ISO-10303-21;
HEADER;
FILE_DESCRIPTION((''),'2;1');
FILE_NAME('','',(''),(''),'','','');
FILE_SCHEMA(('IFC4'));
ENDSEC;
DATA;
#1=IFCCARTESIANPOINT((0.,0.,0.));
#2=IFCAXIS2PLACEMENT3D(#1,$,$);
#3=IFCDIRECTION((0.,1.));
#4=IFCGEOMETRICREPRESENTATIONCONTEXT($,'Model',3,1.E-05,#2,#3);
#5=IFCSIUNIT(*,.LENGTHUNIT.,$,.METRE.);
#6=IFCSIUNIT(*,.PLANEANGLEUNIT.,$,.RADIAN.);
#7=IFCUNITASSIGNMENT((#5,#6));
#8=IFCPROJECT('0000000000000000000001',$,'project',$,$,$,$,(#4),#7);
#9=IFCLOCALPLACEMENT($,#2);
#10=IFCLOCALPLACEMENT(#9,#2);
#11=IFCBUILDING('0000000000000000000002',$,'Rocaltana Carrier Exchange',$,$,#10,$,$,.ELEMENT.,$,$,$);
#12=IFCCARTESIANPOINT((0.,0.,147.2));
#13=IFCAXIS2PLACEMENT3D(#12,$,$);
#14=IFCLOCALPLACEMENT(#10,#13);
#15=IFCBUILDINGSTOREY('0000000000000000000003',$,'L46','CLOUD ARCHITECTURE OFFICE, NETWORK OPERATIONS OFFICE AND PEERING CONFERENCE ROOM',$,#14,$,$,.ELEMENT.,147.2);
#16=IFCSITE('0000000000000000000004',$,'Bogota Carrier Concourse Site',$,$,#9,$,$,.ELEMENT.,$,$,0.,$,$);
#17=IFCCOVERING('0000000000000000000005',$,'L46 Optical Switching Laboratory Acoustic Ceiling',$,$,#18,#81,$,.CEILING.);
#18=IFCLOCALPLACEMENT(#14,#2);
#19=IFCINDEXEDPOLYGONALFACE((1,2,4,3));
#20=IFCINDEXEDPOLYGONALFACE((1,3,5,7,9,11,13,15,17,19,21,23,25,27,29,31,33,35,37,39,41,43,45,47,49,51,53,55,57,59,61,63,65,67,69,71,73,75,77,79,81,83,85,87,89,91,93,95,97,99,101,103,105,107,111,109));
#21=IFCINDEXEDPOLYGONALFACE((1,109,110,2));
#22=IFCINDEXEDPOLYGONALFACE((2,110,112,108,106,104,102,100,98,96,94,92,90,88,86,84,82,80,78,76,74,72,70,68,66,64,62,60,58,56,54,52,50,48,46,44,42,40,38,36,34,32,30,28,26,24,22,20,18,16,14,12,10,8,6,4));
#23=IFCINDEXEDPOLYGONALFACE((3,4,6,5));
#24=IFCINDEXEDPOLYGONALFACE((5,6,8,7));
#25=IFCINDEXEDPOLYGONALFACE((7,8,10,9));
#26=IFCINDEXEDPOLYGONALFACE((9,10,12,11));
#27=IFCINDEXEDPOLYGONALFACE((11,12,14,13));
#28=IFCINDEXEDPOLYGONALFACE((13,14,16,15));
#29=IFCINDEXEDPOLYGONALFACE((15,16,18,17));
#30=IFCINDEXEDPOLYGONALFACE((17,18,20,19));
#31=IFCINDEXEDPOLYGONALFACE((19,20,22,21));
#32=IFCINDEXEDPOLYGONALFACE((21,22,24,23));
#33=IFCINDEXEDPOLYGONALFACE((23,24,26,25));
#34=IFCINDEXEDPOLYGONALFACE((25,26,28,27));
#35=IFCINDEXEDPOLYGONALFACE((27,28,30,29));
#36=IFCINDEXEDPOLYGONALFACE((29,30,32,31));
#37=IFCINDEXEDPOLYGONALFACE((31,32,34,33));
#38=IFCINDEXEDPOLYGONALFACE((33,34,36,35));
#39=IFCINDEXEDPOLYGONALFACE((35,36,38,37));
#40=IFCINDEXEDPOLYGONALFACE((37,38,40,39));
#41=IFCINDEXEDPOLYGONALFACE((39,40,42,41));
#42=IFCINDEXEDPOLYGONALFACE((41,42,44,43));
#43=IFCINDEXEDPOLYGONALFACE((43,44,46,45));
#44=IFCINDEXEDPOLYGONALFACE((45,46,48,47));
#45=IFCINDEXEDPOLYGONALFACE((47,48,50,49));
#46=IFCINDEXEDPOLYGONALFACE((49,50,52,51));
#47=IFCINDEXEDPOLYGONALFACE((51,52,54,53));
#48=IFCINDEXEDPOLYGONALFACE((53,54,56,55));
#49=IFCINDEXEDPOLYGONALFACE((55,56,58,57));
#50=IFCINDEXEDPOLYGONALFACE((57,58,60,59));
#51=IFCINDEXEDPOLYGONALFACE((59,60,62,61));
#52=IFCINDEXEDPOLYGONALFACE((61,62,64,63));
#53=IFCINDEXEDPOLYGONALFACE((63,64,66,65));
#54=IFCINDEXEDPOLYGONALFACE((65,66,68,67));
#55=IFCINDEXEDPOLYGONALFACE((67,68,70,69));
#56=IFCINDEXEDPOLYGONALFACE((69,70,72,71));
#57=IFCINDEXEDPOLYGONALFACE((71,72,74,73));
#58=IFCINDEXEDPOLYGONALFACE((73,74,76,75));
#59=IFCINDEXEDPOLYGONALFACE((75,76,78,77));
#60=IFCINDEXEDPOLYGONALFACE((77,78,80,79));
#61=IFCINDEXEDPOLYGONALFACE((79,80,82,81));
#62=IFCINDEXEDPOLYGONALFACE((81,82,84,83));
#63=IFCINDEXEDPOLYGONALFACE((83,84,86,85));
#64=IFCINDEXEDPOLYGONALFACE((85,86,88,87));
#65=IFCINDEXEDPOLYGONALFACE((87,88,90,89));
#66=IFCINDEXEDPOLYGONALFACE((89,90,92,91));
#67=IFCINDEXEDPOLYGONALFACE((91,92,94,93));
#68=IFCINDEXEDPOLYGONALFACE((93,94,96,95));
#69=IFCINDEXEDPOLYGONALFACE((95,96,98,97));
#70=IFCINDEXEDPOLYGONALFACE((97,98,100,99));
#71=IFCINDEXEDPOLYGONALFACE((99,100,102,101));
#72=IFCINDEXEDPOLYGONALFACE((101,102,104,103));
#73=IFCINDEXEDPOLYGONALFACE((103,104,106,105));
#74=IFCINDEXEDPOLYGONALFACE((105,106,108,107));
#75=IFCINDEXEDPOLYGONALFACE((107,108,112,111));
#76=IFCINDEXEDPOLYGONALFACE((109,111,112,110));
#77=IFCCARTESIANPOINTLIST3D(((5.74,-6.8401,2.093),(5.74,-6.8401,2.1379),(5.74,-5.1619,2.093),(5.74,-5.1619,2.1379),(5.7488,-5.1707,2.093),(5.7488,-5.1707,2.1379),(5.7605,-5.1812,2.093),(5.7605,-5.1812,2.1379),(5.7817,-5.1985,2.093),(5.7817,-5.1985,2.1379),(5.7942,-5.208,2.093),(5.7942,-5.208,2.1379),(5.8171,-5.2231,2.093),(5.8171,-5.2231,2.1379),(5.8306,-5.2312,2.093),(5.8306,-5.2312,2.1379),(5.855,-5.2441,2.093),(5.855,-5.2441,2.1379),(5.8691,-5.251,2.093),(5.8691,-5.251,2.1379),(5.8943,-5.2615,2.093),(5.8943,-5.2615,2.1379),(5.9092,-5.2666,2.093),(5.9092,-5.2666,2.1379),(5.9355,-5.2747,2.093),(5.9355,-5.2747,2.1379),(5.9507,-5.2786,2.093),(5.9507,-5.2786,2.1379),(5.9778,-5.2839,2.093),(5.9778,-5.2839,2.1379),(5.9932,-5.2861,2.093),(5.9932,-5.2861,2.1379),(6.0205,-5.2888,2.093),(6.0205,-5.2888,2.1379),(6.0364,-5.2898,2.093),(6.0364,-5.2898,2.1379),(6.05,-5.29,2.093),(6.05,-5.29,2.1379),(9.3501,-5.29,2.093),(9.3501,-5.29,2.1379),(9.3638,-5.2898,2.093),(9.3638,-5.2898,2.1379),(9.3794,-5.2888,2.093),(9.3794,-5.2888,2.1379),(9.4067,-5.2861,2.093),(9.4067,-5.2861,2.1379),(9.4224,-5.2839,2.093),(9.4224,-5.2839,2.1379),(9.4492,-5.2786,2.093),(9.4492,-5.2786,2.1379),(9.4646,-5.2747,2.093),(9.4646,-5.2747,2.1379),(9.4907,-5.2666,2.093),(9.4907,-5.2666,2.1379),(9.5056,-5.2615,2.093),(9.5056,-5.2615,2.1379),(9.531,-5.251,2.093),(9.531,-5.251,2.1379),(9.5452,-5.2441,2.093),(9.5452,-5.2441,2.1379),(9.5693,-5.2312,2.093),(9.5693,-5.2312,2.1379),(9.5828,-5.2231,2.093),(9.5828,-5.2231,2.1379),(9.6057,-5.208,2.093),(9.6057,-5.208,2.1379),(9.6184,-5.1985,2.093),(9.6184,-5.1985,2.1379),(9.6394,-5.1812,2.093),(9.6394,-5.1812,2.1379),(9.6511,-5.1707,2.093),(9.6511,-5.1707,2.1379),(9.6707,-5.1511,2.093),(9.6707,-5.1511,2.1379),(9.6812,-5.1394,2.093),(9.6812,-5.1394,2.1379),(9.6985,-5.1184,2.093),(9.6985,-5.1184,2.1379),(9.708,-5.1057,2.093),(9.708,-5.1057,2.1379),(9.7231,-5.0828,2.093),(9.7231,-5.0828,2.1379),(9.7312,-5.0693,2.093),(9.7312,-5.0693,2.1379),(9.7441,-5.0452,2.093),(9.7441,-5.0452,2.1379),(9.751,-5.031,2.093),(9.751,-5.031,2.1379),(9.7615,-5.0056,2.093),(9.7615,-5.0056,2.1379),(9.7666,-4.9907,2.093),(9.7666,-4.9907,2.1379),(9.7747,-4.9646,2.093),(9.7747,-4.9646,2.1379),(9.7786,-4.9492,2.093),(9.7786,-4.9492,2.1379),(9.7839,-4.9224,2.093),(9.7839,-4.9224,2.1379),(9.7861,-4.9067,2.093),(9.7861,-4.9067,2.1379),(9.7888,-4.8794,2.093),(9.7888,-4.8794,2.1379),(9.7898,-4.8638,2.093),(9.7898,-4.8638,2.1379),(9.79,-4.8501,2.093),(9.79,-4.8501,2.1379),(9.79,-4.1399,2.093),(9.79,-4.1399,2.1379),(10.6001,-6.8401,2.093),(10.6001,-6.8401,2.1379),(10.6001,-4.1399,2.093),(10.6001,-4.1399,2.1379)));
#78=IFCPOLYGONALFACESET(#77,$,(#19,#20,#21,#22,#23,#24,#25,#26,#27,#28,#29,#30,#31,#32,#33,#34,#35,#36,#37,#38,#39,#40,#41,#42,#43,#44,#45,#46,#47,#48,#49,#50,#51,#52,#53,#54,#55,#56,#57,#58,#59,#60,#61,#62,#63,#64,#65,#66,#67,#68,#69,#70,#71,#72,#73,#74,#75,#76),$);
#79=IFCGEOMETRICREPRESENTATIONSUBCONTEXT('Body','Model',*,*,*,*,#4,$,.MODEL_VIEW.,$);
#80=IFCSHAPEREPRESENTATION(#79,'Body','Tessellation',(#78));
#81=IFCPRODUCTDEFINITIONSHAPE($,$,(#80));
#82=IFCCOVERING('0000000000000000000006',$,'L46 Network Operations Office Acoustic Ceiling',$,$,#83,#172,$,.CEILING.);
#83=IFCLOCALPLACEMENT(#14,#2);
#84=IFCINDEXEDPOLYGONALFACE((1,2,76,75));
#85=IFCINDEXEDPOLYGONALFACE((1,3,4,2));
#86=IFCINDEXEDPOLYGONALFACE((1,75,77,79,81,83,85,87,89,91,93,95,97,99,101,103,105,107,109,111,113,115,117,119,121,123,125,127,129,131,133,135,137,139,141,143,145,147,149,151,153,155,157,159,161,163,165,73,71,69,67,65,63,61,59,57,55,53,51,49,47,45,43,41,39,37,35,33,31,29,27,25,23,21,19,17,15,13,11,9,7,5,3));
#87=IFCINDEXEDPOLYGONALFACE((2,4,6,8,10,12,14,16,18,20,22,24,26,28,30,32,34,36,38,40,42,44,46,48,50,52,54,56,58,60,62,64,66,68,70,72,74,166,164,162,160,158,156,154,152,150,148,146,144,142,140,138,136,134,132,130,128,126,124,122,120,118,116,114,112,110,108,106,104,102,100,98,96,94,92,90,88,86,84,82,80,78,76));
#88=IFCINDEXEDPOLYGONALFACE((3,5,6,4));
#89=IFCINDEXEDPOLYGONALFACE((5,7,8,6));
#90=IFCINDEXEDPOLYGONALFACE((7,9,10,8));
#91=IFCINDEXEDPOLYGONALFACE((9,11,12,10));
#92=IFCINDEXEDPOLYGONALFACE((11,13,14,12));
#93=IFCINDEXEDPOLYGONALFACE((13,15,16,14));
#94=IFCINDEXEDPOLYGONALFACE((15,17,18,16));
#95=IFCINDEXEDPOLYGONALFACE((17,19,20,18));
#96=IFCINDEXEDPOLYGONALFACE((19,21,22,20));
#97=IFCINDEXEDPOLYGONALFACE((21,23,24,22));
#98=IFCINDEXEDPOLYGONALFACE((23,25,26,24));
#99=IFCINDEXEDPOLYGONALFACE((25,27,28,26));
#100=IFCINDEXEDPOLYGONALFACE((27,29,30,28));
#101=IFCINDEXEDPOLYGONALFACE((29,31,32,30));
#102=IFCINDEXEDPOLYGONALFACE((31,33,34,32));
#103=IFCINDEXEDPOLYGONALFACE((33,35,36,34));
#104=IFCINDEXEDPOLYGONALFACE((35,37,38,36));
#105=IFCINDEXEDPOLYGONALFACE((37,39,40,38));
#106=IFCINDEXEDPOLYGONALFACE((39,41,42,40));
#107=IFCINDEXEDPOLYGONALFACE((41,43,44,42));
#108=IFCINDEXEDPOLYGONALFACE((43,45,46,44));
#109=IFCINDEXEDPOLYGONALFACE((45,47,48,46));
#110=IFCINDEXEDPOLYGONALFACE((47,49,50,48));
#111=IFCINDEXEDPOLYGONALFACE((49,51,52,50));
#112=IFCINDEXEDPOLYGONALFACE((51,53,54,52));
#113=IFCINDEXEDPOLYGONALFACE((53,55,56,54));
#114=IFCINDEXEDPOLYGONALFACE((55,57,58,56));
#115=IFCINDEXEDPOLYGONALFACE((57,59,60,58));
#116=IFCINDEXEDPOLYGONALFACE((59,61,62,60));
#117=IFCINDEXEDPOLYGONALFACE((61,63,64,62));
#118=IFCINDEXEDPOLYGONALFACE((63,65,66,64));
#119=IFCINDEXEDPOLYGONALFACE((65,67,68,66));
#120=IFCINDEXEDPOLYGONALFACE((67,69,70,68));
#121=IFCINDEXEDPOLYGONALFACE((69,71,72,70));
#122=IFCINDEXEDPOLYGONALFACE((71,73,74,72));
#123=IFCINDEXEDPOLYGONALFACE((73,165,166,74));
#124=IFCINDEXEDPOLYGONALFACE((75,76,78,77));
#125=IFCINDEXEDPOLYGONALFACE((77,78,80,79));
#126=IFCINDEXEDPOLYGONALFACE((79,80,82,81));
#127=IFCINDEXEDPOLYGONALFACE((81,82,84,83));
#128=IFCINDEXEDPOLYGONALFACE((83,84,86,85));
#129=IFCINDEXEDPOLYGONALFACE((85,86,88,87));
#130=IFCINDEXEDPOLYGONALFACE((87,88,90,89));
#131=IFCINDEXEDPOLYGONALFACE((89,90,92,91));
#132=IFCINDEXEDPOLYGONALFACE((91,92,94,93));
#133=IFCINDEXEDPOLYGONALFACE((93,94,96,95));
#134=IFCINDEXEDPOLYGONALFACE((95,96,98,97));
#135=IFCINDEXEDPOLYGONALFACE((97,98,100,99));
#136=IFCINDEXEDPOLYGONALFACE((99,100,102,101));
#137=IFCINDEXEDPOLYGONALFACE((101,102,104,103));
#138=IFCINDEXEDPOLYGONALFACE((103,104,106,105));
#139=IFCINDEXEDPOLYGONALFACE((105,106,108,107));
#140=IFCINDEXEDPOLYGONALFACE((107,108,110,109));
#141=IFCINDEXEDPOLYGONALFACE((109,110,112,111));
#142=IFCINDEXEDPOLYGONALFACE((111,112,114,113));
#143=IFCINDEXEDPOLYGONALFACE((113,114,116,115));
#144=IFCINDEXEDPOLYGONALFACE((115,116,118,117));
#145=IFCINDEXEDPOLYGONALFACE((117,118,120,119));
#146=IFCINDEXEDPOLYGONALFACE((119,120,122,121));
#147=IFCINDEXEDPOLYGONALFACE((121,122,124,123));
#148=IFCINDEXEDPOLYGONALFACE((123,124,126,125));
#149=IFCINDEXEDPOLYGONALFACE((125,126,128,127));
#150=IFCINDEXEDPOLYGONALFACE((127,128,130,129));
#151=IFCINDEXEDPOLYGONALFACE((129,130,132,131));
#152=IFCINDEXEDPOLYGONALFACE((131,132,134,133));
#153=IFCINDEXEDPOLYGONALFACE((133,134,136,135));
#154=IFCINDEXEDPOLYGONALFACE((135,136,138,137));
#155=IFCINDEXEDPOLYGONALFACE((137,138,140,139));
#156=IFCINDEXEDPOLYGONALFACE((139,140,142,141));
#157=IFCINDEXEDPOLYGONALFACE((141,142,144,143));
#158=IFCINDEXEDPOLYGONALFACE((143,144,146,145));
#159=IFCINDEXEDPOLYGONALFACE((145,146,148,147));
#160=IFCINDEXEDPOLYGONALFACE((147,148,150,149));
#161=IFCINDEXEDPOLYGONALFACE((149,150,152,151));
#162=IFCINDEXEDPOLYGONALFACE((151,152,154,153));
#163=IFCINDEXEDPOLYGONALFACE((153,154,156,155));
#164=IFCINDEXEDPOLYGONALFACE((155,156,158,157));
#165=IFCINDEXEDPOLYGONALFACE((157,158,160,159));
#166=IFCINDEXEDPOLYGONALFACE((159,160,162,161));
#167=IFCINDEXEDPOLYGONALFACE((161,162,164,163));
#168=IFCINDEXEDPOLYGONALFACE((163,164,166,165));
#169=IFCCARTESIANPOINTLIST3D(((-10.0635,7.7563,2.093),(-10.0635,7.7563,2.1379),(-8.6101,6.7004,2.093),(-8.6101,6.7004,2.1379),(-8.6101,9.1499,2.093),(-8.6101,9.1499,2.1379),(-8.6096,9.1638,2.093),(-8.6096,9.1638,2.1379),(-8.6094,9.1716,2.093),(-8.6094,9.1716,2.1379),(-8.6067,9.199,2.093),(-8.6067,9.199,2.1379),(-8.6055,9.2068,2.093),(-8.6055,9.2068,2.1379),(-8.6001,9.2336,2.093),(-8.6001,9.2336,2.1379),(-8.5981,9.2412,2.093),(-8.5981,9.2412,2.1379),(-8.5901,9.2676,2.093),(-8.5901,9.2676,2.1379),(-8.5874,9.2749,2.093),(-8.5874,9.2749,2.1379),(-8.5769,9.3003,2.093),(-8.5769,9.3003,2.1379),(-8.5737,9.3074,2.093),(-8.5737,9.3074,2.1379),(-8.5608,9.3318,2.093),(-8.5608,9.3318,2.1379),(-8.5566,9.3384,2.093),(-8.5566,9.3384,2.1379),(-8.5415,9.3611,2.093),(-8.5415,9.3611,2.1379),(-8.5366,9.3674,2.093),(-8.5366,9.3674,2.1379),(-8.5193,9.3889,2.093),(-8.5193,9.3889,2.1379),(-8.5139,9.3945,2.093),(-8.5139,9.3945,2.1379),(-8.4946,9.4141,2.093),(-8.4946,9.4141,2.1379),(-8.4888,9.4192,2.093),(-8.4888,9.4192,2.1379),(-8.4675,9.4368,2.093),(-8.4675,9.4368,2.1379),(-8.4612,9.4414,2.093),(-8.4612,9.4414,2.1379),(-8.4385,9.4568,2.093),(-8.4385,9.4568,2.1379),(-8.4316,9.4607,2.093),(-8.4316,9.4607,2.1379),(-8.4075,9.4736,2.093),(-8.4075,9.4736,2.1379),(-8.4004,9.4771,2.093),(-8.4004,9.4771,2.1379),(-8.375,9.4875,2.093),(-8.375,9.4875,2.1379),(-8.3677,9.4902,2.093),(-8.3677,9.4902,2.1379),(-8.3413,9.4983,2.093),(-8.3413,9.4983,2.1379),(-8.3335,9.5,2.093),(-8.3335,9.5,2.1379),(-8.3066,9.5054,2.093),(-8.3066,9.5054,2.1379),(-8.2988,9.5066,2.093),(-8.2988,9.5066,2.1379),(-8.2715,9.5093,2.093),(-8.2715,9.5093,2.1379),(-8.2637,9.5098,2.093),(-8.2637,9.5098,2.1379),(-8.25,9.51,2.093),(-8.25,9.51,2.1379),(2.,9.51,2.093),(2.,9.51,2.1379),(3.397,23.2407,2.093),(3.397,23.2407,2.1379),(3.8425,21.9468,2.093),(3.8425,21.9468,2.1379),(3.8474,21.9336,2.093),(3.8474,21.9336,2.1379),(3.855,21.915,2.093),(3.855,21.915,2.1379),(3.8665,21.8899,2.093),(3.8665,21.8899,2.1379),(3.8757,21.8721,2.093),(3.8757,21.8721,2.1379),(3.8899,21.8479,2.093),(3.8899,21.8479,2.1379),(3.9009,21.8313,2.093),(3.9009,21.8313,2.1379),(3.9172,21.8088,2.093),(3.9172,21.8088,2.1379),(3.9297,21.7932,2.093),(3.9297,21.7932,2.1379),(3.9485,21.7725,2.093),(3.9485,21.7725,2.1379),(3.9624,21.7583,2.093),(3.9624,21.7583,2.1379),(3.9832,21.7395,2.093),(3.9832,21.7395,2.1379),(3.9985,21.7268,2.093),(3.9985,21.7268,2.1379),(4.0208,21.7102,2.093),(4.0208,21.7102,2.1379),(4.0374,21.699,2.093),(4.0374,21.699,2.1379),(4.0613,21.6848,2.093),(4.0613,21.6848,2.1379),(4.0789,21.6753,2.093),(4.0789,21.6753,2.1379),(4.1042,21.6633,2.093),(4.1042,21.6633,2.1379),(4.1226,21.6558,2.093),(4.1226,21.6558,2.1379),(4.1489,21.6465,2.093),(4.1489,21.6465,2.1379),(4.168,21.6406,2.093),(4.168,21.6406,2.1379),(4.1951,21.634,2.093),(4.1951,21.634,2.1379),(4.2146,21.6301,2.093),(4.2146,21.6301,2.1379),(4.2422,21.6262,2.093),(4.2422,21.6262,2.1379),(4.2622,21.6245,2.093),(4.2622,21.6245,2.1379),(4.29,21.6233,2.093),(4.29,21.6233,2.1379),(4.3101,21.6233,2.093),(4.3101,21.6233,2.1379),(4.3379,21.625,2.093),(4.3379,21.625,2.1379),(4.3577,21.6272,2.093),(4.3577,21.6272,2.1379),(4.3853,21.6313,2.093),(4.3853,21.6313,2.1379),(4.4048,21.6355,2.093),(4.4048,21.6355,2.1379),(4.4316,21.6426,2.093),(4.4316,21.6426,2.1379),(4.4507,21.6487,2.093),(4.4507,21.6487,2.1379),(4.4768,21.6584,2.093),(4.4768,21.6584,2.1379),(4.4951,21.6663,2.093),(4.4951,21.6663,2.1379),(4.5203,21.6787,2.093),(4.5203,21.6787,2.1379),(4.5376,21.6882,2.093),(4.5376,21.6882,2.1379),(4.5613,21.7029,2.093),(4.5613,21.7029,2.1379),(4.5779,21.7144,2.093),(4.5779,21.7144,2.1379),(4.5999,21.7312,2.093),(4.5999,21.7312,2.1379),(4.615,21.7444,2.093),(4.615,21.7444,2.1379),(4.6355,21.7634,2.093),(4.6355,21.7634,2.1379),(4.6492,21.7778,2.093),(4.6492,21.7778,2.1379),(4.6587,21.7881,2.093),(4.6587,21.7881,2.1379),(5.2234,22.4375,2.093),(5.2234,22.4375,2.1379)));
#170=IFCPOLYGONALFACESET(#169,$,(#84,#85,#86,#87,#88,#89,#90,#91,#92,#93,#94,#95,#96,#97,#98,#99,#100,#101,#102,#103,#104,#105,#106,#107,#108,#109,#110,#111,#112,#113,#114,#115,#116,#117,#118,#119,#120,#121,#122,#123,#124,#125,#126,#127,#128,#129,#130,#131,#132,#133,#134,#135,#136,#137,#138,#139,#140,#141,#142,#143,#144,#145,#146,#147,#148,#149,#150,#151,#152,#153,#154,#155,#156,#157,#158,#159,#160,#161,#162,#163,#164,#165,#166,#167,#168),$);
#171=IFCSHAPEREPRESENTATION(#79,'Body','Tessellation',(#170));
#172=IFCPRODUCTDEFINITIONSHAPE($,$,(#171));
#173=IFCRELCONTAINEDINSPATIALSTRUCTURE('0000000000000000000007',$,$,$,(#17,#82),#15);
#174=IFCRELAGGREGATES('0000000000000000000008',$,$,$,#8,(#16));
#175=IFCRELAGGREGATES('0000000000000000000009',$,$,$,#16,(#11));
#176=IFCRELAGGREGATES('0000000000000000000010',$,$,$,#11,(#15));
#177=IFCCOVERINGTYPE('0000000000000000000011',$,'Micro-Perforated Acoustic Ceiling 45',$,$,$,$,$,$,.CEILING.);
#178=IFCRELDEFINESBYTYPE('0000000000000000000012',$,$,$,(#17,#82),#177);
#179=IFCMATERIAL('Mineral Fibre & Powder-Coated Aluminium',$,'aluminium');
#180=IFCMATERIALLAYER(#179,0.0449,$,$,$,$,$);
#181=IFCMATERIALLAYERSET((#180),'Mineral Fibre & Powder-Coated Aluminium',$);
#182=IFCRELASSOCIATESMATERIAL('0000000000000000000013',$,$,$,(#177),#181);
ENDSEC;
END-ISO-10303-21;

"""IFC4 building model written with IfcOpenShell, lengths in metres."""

from ifc_helpers import new_model, si_unit, direction, frame, origin, place, context, subcontext, project, spatial, polyline, outline, extrude, material, layer, layer_set, type_object, element, save


model = new_model("IFC4")

# Units and contexts
model_context = context("Model", 3, precision=1e-05, world=origin(), true_north=direction((0.0, 1.0)))
body_context = subcontext(model_context, "Body", "Model", "MODEL_VIEW")
ifc_project = project(units=[si_unit("LENGTHUNIT", "METRE"), si_unit("PLANEANGLEUNIT", "RADIAN")], contexts=[model_context])

# Site, building, storey
site_placement = place(None, origin())
site = spatial("IfcSite", under=ifc_project, at=site_placement, Name="Bogota Carrier Concourse Site", CompositionType="ELEMENT", RefElevation=0.0)
building_placement = place(site_placement, origin())
building = spatial("IfcBuilding", under=site, at=building_placement, Name="Rocaltana Carrier Exchange", CompositionType="ELEMENT")
storey_placement = place(building_placement, frame((0.0, 0.0, 147.2)))
storey = spatial("IfcBuildingStorey", under=building, at=storey_placement, Name="L46", Description="CLOUD ARCHITECTURE OFFICE, NETWORK OPERATIONS OFFICE AND PEERING CONFERENCE ROOM", CompositionType="ELEMENT", Elevation=147.2)

# Coverings
ifc_material_1 = material(Name="Mineral Fibre & Powder-Coated Aluminium", Category="aluminium")
ifc_layer_1 = layer(ifc_material_1, 0.0449)
ifc_layer_set_1 = layer_set([ifc_layer_1], Name="Mineral Fibre & Powder-Coated Aluminium")
covering_type_1 = type_object("IfcCoveringType", Name="Micro-Perforated Acoustic Ceiling 45", PredefinedType="CEILING", material=ifc_layer_set_1)
covering_1_placement = place(storey_placement, frame((0.0, 0.0, 2.093)))
element("IfcCovering", 1, at=covering_1_placement, inside=storey, type_object=covering_type_1, Name="L46 Optical Switching Laboratory Acoustic Ceiling", PredefinedType="CEILING", context=body_context, shape_type="SweptSolid", body=[
    extrude(outline(polyline([(5.74, -6.8401), (5.74, -5.1619), (5.7488, -5.1707), (5.7605, -5.1812), (5.7817, -5.1985), (5.7942, -5.208), (5.8171, -5.2231), (5.8306, -5.2312), (5.855, -5.2441), (5.8691, -5.251), (5.8943, -5.2615), (5.9092, -5.2666), (5.9355, -5.2747), (5.9507, -5.2786), (5.9778, -5.2839), (5.9932, -5.2861), (6.0205, -5.2888), (6.0364, -5.2898), (6.05, -5.29), (9.3501, -5.29), (9.3638, -5.2898), (9.3794, -5.2888), (9.4067, -5.2861), (9.4224, -5.2839), (9.4492, -5.2786), (9.4646, -5.2747), (9.4907, -5.2666), (9.5056, -5.2615), (9.531, -5.251), (9.5452, -5.2441), (9.5693, -5.2312), (9.5828, -5.2231), (9.6057, -5.208), (9.6184, -5.1985), (9.6394, -5.1812), (9.6511, -5.1707), (9.6707, -5.1511), (9.6812, -5.1394), (9.6985, -5.1184), (9.708, -5.1057), (9.7231, -5.0828), (9.7312, -5.0693), (9.7441, -5.0452), (9.751, -5.031), (9.7615, -5.0056), (9.7666, -4.9907), (9.7747, -4.9646), (9.7786, -4.9492), (9.7839, -4.9224), (9.7861, -4.9067), (9.7888, -4.8794), (9.7898, -4.8638), (9.79, -4.8501), (9.79, -4.1399), (10.6001, -4.1399), (10.6001, -6.8401), (5.74, -6.8401)])), origin(), (0.0, 0.0, 1.0), 0.0449),
])
covering_2_placement = place(storey_placement, frame((0.0, 0.0, 2.093)))
element("IfcCovering", 2, at=covering_2_placement, inside=storey, type_object=covering_type_1, Name="L46 Network Operations Office Acoustic Ceiling", PredefinedType="CEILING", context=body_context, shape_type="SweptSolid", body=[
    extrude(outline(polyline([(3.397, 23.2407), (3.8425, 21.9468), (3.8474, 21.9336), (3.855, 21.915), (3.8665, 21.8899), (3.8757, 21.8721), (3.8899, 21.8479), (3.9009, 21.8313), (3.9172, 21.8088), (3.9297, 21.7932), (3.9485, 21.7725), (3.9624, 21.7583), (3.9832, 21.7395), (3.9985, 21.7268), (4.0208, 21.7102), (4.0374, 21.699), (4.0613, 21.6848), (4.0789, 21.6753), (4.1042, 21.6633), (4.1226, 21.6558), (4.1489, 21.6465), (4.168, 21.6406), (4.1951, 21.634), (4.2146, 21.6301), (4.2422, 21.6262), (4.2622, 21.6245), (4.29, 21.6233), (4.3101, 21.6233), (4.3379, 21.625), (4.3577, 21.6272), (4.3853, 21.6313), (4.4048, 21.6355), (4.4316, 21.6426), (4.4507, 21.6487), (4.4768, 21.6584), (4.4951, 21.6663), (4.5203, 21.6787), (4.5376, 21.6882), (4.5613, 21.7029), (4.5779, 21.7144), (4.5999, 21.7312), (4.615, 21.7444), (4.6355, 21.7634), (4.6492, 21.7778), (4.6587, 21.7881), (5.2234, 22.4375), (2.0, 9.51), (-8.25, 9.51), (-8.2637, 9.5098), (-8.2715, 9.5093), (-8.2988, 9.5066), (-8.3066, 9.5054), (-8.3335, 9.5), (-8.3413, 9.4983), (-8.3677, 9.4902), (-8.375, 9.4875), (-8.4004, 9.4771), (-8.4075, 9.4736), (-8.4316, 9.4607), (-8.4385, 9.4568), (-8.4612, 9.4414), (-8.4675, 9.4368), (-8.4888, 9.4192), (-8.4946, 9.4141), (-8.5139, 9.3945), (-8.5193, 9.3889), (-8.5366, 9.3674), (-8.5415, 9.3611), (-8.5566, 9.3384), (-8.5608, 9.3318), (-8.5737, 9.3074), (-8.5769, 9.3003), (-8.5874, 9.2749), (-8.5901, 9.2676), (-8.5981, 9.2412), (-8.6001, 9.2336), (-8.6055, 9.2068), (-8.6067, 9.199), (-8.6094, 9.1716), (-8.6096, 9.1638), (-8.6101, 9.1499), (-8.6101, 6.7004), (-10.0635, 7.7563), (3.397, 23.2407)])), origin(), (0.0, 0.0, 1.0), 0.0449),
])

save(model, "model.ifc")
